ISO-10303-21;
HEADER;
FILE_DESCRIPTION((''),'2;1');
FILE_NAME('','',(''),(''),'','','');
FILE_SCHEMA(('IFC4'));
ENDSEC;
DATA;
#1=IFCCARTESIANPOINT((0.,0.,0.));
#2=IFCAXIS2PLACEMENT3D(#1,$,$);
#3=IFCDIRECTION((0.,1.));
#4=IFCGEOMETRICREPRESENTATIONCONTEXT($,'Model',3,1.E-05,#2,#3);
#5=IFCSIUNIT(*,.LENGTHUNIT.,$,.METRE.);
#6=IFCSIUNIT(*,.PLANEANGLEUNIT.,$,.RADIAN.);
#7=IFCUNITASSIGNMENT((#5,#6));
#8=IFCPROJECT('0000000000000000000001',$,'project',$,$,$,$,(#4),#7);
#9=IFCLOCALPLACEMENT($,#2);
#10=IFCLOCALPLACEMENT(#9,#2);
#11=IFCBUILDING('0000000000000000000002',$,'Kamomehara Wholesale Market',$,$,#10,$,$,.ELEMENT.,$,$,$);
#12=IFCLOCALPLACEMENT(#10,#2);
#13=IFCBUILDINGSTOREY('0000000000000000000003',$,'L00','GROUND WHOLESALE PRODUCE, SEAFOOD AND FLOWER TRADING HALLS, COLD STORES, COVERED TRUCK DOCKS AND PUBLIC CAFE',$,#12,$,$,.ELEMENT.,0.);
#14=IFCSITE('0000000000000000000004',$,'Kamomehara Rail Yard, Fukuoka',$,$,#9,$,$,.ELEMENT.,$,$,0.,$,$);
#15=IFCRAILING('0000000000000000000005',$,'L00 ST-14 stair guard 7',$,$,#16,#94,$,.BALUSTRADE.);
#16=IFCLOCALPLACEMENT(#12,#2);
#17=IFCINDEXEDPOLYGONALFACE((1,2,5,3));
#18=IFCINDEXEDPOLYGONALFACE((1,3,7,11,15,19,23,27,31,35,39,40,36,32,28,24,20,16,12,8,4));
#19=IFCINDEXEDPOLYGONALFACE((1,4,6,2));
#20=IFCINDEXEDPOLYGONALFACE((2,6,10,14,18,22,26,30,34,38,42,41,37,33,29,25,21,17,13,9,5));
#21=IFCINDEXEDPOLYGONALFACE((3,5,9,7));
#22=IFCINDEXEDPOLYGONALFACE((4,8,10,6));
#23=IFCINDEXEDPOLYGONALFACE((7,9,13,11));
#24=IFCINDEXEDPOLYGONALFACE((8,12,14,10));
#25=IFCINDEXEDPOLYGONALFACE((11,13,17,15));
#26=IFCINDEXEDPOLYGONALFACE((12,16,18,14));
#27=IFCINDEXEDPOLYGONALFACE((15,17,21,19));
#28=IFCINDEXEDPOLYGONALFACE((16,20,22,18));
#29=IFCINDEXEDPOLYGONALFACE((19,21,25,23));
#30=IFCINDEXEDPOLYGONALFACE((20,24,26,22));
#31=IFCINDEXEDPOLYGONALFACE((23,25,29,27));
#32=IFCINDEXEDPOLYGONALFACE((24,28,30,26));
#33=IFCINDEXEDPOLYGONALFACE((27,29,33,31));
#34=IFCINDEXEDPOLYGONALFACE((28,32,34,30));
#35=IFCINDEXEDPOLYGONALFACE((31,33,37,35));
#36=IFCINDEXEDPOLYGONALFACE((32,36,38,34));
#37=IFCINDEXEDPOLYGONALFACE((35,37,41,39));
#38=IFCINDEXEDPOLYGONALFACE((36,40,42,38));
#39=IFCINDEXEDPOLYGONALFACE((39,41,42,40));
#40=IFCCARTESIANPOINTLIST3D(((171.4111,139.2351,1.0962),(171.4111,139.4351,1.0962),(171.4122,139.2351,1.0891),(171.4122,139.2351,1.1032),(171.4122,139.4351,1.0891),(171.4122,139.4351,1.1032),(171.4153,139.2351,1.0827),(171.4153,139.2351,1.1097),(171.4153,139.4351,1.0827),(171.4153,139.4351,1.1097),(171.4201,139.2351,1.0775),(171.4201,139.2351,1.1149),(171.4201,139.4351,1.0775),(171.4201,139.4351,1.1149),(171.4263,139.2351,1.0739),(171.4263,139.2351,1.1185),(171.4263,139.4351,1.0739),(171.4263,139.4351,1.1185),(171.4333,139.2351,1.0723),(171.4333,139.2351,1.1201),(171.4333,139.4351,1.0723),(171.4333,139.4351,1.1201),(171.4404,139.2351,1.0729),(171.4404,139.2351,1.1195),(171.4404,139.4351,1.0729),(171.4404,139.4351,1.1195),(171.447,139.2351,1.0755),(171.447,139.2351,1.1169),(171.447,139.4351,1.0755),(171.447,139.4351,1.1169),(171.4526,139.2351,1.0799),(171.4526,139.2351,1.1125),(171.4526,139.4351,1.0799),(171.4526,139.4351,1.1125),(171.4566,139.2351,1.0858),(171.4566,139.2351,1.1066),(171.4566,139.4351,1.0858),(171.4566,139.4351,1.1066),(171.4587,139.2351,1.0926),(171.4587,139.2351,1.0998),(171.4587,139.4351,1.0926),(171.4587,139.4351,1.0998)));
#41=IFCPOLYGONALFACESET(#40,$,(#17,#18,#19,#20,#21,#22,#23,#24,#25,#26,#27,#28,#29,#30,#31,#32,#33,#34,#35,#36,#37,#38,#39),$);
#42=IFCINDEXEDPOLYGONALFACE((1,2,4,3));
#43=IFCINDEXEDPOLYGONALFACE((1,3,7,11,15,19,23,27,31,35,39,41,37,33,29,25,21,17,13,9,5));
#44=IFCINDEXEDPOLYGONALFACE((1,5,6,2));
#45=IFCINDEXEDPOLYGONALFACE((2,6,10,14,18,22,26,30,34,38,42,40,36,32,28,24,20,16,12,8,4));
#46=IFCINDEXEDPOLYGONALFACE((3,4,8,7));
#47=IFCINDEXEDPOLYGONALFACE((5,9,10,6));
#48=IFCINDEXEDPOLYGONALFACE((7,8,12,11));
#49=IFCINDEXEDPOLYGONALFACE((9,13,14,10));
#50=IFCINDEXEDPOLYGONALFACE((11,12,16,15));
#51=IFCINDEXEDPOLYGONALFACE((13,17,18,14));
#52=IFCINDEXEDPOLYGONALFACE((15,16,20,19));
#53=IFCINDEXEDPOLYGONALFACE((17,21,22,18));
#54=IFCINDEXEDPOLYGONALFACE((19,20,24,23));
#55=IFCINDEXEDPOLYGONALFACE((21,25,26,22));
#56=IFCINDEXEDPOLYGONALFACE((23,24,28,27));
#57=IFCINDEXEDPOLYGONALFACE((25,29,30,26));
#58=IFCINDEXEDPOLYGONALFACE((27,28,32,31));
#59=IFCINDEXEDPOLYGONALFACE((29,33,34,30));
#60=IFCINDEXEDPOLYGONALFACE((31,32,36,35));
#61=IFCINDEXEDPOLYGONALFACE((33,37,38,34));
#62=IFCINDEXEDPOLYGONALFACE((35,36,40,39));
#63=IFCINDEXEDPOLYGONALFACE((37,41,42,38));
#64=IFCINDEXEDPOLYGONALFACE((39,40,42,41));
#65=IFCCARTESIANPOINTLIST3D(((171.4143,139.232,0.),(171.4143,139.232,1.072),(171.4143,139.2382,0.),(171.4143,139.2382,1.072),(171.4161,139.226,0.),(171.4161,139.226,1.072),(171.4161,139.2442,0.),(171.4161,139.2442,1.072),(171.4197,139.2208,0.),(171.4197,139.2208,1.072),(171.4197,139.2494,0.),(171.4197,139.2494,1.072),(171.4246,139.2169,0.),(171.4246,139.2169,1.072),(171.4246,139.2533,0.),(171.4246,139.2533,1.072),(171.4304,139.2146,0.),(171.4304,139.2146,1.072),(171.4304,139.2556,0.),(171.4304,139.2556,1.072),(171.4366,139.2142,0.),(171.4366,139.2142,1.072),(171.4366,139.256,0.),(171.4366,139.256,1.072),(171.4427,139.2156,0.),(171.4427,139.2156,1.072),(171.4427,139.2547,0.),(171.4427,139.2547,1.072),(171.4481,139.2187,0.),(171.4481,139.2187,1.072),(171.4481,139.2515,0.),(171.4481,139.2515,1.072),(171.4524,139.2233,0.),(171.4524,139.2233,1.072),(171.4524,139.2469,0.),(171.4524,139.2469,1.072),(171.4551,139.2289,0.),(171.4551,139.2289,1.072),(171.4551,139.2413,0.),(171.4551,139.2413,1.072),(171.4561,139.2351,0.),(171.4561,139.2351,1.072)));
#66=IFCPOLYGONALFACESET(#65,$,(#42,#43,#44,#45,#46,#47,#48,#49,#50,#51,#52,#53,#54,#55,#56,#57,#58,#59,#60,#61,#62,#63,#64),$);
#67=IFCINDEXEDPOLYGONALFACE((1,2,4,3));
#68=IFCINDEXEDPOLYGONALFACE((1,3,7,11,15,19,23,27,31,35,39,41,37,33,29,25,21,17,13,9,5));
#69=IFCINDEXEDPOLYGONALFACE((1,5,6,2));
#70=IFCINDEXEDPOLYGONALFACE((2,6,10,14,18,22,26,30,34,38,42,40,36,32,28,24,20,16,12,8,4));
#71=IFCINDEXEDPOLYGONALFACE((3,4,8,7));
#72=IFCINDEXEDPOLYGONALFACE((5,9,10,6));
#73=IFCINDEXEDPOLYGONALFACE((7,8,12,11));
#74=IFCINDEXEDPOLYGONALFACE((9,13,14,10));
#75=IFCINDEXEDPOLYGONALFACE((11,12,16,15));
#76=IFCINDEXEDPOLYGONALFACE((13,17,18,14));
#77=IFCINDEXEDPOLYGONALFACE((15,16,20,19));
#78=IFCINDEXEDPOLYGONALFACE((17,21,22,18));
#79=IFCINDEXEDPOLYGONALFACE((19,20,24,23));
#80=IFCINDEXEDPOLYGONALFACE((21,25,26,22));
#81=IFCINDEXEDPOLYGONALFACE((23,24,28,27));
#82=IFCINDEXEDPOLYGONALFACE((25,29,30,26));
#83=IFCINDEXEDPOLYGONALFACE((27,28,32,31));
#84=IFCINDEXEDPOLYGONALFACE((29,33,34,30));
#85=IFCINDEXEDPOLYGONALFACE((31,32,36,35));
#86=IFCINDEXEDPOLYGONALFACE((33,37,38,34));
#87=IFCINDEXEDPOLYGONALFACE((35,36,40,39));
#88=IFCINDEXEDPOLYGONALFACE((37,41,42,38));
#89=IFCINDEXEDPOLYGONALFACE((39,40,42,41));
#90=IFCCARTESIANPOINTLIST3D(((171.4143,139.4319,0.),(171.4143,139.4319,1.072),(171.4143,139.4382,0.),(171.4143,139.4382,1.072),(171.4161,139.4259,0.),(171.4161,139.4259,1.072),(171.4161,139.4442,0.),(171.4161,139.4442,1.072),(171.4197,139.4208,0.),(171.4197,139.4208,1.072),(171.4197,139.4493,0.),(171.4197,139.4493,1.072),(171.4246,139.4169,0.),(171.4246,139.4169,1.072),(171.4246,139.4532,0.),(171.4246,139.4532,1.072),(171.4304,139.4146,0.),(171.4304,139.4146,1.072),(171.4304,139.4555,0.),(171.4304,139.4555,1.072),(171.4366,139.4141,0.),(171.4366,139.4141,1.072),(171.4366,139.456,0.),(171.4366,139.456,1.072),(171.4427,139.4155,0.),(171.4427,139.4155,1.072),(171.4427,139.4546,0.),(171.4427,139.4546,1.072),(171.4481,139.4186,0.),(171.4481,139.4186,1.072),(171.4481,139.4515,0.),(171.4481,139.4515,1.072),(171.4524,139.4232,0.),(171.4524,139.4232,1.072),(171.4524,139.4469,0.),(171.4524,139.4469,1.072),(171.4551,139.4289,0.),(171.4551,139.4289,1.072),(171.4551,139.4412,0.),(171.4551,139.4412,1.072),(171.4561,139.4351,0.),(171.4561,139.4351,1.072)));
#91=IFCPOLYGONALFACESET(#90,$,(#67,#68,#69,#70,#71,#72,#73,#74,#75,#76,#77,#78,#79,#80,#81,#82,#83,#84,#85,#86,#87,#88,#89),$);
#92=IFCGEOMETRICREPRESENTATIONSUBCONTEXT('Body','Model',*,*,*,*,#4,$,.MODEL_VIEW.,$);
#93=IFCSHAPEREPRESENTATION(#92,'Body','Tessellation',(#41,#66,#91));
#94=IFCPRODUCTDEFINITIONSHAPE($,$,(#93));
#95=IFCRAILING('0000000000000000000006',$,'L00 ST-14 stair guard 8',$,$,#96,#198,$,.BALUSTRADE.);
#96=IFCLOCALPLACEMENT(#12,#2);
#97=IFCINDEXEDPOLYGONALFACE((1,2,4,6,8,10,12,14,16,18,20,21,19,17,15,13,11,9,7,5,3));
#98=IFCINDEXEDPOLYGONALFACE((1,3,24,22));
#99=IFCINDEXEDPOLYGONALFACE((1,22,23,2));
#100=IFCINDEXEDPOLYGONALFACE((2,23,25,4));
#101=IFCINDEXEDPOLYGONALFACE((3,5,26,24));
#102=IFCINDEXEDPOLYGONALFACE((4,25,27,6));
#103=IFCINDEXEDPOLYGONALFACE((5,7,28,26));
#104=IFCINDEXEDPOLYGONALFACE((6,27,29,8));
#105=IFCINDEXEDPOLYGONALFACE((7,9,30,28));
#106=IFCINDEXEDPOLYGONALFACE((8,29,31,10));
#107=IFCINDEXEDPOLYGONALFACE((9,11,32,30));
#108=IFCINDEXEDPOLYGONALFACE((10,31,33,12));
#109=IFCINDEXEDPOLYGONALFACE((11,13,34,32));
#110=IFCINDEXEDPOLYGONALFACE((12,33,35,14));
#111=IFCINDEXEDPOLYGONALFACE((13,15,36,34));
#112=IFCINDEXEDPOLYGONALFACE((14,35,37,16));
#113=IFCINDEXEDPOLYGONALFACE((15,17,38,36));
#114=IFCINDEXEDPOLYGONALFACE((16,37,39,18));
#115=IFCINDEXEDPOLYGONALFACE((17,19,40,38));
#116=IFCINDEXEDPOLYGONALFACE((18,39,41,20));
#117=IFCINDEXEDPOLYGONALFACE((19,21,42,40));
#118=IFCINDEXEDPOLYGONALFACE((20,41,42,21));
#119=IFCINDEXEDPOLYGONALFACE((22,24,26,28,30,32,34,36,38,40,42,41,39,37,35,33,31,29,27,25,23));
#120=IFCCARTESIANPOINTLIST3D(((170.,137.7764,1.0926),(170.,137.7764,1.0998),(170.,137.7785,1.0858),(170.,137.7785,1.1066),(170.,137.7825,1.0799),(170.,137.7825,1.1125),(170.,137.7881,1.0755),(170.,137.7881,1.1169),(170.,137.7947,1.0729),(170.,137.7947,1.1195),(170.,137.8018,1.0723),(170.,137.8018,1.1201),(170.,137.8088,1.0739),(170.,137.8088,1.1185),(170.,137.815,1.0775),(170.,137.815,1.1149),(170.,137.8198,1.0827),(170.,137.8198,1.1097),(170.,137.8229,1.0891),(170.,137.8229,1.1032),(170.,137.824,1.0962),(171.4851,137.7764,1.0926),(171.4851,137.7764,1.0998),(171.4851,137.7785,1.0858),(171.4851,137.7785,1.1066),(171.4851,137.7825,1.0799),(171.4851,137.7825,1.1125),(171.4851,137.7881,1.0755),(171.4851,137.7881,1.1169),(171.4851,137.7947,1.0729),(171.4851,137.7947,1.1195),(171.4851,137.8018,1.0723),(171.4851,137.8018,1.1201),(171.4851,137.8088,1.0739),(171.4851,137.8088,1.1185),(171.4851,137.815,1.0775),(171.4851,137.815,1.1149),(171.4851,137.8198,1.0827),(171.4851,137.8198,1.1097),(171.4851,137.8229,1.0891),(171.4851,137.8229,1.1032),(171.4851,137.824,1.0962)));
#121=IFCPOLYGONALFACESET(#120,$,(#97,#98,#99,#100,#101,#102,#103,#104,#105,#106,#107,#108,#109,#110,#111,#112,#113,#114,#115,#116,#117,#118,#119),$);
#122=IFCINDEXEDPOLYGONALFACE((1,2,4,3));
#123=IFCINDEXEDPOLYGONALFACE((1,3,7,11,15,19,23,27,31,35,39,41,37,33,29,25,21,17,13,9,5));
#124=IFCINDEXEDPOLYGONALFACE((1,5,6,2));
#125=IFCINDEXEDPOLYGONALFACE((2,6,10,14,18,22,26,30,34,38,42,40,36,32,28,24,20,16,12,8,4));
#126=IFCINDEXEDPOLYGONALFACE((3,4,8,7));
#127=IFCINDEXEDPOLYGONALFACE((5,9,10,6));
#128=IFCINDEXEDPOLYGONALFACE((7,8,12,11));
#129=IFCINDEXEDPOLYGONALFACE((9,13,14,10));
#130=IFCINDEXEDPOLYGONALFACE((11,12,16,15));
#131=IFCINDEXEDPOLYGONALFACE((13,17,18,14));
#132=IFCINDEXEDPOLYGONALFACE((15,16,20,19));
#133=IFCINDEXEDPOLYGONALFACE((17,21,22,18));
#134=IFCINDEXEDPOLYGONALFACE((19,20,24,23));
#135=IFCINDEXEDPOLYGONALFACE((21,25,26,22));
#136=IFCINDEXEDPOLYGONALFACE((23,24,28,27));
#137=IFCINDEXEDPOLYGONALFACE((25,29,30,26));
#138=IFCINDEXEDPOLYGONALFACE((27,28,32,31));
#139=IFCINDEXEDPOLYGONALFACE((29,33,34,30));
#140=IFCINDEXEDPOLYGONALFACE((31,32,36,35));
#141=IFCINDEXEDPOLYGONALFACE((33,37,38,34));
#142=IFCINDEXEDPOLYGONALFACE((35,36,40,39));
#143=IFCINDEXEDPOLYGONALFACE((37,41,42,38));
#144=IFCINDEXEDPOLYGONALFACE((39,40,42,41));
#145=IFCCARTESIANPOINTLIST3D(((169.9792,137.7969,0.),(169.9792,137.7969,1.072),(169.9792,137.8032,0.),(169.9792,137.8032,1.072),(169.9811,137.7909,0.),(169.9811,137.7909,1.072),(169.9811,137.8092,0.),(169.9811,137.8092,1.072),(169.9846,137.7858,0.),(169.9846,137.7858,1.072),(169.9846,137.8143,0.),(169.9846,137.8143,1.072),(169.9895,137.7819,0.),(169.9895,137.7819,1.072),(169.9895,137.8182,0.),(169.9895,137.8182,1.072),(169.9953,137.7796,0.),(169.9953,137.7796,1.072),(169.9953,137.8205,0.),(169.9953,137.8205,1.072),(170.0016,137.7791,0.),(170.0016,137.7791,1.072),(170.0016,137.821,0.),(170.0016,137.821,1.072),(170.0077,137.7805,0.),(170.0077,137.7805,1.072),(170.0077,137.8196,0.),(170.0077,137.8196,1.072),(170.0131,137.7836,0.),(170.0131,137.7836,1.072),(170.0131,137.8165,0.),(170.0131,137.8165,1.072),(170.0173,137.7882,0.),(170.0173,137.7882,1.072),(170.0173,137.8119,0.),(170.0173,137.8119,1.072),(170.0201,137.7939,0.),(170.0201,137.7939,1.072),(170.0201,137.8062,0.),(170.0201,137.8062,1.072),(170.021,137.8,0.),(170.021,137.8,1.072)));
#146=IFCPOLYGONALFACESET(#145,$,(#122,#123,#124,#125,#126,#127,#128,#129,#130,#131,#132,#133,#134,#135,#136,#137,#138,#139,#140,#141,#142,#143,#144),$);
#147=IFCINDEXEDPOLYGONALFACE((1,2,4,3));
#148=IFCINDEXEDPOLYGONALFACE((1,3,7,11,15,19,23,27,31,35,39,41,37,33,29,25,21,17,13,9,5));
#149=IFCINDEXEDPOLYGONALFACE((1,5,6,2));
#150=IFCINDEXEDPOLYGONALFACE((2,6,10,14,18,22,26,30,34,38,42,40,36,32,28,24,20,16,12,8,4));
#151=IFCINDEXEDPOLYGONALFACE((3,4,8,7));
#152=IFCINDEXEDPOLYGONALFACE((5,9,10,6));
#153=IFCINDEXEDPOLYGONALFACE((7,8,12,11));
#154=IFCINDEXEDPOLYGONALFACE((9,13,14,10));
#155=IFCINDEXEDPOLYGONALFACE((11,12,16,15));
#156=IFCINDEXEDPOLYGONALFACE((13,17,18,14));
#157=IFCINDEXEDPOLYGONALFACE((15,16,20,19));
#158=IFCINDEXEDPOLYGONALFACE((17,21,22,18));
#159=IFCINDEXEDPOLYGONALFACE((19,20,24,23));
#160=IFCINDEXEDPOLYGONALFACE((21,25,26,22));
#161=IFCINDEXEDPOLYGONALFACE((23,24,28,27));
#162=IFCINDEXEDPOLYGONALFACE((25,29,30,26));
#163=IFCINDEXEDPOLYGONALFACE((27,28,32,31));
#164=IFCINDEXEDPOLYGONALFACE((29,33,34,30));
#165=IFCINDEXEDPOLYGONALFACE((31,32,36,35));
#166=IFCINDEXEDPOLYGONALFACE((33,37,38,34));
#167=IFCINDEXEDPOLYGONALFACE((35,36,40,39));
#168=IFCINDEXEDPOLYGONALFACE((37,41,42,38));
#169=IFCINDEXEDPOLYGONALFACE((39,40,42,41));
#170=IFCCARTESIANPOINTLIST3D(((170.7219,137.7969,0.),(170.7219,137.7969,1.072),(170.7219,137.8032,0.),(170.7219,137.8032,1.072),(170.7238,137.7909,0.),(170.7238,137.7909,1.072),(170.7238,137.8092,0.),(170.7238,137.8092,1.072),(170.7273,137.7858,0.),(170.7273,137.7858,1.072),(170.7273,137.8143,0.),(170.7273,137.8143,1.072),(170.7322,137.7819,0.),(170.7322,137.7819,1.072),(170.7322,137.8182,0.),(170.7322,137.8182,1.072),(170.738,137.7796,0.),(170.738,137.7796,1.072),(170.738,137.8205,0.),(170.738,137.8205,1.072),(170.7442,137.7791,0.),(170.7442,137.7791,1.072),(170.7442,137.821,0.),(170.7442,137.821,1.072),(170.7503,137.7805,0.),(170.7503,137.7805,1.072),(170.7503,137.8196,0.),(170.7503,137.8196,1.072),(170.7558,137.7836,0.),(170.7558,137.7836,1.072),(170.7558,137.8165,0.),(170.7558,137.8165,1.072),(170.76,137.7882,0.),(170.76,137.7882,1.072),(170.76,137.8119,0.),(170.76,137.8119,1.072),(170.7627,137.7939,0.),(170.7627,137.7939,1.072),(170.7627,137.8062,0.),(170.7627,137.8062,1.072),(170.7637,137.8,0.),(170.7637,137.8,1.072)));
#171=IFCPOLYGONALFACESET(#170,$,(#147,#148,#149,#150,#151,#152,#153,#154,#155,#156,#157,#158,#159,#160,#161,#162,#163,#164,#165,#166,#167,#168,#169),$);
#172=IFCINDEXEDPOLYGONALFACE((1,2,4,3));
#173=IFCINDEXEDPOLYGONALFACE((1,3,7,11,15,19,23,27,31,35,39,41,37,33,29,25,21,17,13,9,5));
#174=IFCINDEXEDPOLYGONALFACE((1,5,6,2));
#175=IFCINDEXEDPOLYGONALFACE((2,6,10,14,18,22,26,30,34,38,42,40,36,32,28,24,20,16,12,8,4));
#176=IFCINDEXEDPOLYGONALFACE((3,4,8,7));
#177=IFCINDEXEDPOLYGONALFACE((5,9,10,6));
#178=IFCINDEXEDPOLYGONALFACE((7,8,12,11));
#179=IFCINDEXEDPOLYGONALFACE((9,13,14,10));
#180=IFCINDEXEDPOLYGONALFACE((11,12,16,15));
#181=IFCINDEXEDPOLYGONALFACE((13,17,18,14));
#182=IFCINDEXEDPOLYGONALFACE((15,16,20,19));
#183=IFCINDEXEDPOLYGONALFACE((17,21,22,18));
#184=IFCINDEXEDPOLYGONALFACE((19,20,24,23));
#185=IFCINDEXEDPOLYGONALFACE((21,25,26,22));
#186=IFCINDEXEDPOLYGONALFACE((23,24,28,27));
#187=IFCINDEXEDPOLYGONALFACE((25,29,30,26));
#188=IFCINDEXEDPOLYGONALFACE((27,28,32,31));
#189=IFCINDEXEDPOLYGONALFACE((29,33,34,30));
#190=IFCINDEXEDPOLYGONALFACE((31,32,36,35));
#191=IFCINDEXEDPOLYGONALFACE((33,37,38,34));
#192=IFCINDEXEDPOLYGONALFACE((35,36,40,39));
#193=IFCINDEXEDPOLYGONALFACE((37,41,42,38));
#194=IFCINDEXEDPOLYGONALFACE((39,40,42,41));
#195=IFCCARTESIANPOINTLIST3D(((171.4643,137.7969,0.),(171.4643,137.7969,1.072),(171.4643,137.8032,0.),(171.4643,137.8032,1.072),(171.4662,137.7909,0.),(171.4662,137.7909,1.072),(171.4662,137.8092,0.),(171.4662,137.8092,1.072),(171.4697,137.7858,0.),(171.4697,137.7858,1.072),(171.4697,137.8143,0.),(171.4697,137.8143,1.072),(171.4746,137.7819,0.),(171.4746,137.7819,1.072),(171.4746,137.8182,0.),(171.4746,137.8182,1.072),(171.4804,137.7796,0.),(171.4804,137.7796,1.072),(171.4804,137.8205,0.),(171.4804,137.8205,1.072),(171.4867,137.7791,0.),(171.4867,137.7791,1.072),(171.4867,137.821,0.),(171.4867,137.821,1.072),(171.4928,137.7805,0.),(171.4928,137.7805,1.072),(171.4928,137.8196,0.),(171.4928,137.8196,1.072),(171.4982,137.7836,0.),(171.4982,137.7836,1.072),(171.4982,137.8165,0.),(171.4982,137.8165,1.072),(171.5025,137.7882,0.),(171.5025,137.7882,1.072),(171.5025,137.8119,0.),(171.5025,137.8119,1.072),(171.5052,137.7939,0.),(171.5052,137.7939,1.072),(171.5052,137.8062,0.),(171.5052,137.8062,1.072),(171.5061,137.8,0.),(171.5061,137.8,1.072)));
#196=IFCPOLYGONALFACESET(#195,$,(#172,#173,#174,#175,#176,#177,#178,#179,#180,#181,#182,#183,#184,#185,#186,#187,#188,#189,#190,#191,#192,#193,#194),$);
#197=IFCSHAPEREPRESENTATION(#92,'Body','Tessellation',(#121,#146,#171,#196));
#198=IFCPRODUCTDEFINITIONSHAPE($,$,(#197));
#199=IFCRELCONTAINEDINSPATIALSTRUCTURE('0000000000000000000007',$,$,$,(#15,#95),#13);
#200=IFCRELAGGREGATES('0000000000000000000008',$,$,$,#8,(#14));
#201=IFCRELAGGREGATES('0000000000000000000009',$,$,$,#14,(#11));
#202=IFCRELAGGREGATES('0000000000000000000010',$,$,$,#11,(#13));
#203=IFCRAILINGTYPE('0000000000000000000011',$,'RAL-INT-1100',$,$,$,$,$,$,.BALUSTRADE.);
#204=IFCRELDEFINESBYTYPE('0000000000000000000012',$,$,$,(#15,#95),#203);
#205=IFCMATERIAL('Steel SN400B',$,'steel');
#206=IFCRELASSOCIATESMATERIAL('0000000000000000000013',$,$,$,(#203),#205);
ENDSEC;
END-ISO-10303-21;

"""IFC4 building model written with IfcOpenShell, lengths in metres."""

from ifc_helpers import new_model, si_unit, direction, frame, origin, origin_2d, place, context, subcontext, project, spatial, circle, extrude, material, type_object, element, save


model = new_model("IFC4")

# Units and contexts
model_context = context("Model", 3, precision=1e-05, world=origin(), true_north=direction((0.0, 1.0)))
body_context = subcontext(model_context, "Body", "Model", "MODEL_VIEW")
ifc_project = project(units=[si_unit("LENGTHUNIT", "METRE"), si_unit("PLANEANGLEUNIT", "RADIAN")], contexts=[model_context])

# Site, building, storey
site_placement = place(None, origin())
site = spatial("IfcSite", under=ifc_project, at=site_placement, Name="Kamomehara Rail Yard, Fukuoka", CompositionType="ELEMENT", RefElevation=0.0)
building_placement = place(site_placement, origin())
building = spatial("IfcBuilding", under=site, at=building_placement, Name="Kamomehara Wholesale Market", CompositionType="ELEMENT")
storey_placement = place(building_placement, origin())
storey = spatial("IfcBuildingStorey", under=building, at=storey_placement, Name="L00", Description="GROUND WHOLESALE PRODUCE, SEAFOOD AND FLOWER TRADING HALLS, COLD STORES, COVERED TRUCK DOCKS AND PUBLIC CAFE", CompositionType="ELEMENT", Elevation=0.0)

# Railings
ifc_material_1 = material(Name="Steel SN400B", Category="steel")
railing_type_1 = type_object("IfcRailingType", Name="RAL-INT-1100", PredefinedType="BALUSTRADE", material=ifc_material_1)
railing_1_placement = place(storey_placement, frame((171.4351, 139.2351, 0.0)))
element("IfcRailing", 1, at=railing_1_placement, inside=storey, type_object=railing_type_1, Name="L00 ST-14 stair guard 7", PredefinedType="BALUSTRADE", context=body_context, shape_type="SweptSolid", body=[
    extrude(circle(Radius=0.0239, at=origin_2d()), frame((0.0, 0.0, 1.0962), z_axis=(0.0, 1.0, 0.0), x_axis=(-1.0, 0.0, 0.0)), (0.0, 0.0, 1.0), 0.2),
    extrude(circle(Radius=0.021, at=origin_2d()), origin(), (0.0, 0.0, 1.0), 1.072),
    extrude(circle(Radius=0.021, at=origin_2d()), frame((0.0, 0.2, 0.0)), (0.0, 0.0, 1.0), 1.072),
])
for number, where, name in (
    (2, (170.0, 137.8, 0.0), "L00 ST-14 stair guard 8"),
):
    element("IfcRailing", number, at=place(storey_placement, frame(where)), inside=storey, type_object=railing_type_1, Name=name, PredefinedType="BALUSTRADE", context=body_context, shape_type="SweptSolid", body=[
        extrude(circle(Radius=0.0239, at=origin_2d()), frame((0.0, 0.0, 1.0962), z_axis=(1.0, 0.0, 0.0), x_axis=(0.0, 1.0, 0.0)), (0.0, 0.0, 1.0), 1.4851),
        extrude(circle(Radius=0.021, at=origin_2d()), origin(), (0.0, 0.0, 1.0), 1.072),
        extrude(circle(Radius=0.021, at=origin_2d()), frame((0.7427, 0.0, 0.0)), (0.0, 0.0, 1.0), 1.072),
        extrude(circle(Radius=0.021, at=origin_2d()), frame((1.4851, 0.0, 0.0)), (0.0, 0.0, 1.0), 1.072),
    ])

save(model, "model.ifc")
